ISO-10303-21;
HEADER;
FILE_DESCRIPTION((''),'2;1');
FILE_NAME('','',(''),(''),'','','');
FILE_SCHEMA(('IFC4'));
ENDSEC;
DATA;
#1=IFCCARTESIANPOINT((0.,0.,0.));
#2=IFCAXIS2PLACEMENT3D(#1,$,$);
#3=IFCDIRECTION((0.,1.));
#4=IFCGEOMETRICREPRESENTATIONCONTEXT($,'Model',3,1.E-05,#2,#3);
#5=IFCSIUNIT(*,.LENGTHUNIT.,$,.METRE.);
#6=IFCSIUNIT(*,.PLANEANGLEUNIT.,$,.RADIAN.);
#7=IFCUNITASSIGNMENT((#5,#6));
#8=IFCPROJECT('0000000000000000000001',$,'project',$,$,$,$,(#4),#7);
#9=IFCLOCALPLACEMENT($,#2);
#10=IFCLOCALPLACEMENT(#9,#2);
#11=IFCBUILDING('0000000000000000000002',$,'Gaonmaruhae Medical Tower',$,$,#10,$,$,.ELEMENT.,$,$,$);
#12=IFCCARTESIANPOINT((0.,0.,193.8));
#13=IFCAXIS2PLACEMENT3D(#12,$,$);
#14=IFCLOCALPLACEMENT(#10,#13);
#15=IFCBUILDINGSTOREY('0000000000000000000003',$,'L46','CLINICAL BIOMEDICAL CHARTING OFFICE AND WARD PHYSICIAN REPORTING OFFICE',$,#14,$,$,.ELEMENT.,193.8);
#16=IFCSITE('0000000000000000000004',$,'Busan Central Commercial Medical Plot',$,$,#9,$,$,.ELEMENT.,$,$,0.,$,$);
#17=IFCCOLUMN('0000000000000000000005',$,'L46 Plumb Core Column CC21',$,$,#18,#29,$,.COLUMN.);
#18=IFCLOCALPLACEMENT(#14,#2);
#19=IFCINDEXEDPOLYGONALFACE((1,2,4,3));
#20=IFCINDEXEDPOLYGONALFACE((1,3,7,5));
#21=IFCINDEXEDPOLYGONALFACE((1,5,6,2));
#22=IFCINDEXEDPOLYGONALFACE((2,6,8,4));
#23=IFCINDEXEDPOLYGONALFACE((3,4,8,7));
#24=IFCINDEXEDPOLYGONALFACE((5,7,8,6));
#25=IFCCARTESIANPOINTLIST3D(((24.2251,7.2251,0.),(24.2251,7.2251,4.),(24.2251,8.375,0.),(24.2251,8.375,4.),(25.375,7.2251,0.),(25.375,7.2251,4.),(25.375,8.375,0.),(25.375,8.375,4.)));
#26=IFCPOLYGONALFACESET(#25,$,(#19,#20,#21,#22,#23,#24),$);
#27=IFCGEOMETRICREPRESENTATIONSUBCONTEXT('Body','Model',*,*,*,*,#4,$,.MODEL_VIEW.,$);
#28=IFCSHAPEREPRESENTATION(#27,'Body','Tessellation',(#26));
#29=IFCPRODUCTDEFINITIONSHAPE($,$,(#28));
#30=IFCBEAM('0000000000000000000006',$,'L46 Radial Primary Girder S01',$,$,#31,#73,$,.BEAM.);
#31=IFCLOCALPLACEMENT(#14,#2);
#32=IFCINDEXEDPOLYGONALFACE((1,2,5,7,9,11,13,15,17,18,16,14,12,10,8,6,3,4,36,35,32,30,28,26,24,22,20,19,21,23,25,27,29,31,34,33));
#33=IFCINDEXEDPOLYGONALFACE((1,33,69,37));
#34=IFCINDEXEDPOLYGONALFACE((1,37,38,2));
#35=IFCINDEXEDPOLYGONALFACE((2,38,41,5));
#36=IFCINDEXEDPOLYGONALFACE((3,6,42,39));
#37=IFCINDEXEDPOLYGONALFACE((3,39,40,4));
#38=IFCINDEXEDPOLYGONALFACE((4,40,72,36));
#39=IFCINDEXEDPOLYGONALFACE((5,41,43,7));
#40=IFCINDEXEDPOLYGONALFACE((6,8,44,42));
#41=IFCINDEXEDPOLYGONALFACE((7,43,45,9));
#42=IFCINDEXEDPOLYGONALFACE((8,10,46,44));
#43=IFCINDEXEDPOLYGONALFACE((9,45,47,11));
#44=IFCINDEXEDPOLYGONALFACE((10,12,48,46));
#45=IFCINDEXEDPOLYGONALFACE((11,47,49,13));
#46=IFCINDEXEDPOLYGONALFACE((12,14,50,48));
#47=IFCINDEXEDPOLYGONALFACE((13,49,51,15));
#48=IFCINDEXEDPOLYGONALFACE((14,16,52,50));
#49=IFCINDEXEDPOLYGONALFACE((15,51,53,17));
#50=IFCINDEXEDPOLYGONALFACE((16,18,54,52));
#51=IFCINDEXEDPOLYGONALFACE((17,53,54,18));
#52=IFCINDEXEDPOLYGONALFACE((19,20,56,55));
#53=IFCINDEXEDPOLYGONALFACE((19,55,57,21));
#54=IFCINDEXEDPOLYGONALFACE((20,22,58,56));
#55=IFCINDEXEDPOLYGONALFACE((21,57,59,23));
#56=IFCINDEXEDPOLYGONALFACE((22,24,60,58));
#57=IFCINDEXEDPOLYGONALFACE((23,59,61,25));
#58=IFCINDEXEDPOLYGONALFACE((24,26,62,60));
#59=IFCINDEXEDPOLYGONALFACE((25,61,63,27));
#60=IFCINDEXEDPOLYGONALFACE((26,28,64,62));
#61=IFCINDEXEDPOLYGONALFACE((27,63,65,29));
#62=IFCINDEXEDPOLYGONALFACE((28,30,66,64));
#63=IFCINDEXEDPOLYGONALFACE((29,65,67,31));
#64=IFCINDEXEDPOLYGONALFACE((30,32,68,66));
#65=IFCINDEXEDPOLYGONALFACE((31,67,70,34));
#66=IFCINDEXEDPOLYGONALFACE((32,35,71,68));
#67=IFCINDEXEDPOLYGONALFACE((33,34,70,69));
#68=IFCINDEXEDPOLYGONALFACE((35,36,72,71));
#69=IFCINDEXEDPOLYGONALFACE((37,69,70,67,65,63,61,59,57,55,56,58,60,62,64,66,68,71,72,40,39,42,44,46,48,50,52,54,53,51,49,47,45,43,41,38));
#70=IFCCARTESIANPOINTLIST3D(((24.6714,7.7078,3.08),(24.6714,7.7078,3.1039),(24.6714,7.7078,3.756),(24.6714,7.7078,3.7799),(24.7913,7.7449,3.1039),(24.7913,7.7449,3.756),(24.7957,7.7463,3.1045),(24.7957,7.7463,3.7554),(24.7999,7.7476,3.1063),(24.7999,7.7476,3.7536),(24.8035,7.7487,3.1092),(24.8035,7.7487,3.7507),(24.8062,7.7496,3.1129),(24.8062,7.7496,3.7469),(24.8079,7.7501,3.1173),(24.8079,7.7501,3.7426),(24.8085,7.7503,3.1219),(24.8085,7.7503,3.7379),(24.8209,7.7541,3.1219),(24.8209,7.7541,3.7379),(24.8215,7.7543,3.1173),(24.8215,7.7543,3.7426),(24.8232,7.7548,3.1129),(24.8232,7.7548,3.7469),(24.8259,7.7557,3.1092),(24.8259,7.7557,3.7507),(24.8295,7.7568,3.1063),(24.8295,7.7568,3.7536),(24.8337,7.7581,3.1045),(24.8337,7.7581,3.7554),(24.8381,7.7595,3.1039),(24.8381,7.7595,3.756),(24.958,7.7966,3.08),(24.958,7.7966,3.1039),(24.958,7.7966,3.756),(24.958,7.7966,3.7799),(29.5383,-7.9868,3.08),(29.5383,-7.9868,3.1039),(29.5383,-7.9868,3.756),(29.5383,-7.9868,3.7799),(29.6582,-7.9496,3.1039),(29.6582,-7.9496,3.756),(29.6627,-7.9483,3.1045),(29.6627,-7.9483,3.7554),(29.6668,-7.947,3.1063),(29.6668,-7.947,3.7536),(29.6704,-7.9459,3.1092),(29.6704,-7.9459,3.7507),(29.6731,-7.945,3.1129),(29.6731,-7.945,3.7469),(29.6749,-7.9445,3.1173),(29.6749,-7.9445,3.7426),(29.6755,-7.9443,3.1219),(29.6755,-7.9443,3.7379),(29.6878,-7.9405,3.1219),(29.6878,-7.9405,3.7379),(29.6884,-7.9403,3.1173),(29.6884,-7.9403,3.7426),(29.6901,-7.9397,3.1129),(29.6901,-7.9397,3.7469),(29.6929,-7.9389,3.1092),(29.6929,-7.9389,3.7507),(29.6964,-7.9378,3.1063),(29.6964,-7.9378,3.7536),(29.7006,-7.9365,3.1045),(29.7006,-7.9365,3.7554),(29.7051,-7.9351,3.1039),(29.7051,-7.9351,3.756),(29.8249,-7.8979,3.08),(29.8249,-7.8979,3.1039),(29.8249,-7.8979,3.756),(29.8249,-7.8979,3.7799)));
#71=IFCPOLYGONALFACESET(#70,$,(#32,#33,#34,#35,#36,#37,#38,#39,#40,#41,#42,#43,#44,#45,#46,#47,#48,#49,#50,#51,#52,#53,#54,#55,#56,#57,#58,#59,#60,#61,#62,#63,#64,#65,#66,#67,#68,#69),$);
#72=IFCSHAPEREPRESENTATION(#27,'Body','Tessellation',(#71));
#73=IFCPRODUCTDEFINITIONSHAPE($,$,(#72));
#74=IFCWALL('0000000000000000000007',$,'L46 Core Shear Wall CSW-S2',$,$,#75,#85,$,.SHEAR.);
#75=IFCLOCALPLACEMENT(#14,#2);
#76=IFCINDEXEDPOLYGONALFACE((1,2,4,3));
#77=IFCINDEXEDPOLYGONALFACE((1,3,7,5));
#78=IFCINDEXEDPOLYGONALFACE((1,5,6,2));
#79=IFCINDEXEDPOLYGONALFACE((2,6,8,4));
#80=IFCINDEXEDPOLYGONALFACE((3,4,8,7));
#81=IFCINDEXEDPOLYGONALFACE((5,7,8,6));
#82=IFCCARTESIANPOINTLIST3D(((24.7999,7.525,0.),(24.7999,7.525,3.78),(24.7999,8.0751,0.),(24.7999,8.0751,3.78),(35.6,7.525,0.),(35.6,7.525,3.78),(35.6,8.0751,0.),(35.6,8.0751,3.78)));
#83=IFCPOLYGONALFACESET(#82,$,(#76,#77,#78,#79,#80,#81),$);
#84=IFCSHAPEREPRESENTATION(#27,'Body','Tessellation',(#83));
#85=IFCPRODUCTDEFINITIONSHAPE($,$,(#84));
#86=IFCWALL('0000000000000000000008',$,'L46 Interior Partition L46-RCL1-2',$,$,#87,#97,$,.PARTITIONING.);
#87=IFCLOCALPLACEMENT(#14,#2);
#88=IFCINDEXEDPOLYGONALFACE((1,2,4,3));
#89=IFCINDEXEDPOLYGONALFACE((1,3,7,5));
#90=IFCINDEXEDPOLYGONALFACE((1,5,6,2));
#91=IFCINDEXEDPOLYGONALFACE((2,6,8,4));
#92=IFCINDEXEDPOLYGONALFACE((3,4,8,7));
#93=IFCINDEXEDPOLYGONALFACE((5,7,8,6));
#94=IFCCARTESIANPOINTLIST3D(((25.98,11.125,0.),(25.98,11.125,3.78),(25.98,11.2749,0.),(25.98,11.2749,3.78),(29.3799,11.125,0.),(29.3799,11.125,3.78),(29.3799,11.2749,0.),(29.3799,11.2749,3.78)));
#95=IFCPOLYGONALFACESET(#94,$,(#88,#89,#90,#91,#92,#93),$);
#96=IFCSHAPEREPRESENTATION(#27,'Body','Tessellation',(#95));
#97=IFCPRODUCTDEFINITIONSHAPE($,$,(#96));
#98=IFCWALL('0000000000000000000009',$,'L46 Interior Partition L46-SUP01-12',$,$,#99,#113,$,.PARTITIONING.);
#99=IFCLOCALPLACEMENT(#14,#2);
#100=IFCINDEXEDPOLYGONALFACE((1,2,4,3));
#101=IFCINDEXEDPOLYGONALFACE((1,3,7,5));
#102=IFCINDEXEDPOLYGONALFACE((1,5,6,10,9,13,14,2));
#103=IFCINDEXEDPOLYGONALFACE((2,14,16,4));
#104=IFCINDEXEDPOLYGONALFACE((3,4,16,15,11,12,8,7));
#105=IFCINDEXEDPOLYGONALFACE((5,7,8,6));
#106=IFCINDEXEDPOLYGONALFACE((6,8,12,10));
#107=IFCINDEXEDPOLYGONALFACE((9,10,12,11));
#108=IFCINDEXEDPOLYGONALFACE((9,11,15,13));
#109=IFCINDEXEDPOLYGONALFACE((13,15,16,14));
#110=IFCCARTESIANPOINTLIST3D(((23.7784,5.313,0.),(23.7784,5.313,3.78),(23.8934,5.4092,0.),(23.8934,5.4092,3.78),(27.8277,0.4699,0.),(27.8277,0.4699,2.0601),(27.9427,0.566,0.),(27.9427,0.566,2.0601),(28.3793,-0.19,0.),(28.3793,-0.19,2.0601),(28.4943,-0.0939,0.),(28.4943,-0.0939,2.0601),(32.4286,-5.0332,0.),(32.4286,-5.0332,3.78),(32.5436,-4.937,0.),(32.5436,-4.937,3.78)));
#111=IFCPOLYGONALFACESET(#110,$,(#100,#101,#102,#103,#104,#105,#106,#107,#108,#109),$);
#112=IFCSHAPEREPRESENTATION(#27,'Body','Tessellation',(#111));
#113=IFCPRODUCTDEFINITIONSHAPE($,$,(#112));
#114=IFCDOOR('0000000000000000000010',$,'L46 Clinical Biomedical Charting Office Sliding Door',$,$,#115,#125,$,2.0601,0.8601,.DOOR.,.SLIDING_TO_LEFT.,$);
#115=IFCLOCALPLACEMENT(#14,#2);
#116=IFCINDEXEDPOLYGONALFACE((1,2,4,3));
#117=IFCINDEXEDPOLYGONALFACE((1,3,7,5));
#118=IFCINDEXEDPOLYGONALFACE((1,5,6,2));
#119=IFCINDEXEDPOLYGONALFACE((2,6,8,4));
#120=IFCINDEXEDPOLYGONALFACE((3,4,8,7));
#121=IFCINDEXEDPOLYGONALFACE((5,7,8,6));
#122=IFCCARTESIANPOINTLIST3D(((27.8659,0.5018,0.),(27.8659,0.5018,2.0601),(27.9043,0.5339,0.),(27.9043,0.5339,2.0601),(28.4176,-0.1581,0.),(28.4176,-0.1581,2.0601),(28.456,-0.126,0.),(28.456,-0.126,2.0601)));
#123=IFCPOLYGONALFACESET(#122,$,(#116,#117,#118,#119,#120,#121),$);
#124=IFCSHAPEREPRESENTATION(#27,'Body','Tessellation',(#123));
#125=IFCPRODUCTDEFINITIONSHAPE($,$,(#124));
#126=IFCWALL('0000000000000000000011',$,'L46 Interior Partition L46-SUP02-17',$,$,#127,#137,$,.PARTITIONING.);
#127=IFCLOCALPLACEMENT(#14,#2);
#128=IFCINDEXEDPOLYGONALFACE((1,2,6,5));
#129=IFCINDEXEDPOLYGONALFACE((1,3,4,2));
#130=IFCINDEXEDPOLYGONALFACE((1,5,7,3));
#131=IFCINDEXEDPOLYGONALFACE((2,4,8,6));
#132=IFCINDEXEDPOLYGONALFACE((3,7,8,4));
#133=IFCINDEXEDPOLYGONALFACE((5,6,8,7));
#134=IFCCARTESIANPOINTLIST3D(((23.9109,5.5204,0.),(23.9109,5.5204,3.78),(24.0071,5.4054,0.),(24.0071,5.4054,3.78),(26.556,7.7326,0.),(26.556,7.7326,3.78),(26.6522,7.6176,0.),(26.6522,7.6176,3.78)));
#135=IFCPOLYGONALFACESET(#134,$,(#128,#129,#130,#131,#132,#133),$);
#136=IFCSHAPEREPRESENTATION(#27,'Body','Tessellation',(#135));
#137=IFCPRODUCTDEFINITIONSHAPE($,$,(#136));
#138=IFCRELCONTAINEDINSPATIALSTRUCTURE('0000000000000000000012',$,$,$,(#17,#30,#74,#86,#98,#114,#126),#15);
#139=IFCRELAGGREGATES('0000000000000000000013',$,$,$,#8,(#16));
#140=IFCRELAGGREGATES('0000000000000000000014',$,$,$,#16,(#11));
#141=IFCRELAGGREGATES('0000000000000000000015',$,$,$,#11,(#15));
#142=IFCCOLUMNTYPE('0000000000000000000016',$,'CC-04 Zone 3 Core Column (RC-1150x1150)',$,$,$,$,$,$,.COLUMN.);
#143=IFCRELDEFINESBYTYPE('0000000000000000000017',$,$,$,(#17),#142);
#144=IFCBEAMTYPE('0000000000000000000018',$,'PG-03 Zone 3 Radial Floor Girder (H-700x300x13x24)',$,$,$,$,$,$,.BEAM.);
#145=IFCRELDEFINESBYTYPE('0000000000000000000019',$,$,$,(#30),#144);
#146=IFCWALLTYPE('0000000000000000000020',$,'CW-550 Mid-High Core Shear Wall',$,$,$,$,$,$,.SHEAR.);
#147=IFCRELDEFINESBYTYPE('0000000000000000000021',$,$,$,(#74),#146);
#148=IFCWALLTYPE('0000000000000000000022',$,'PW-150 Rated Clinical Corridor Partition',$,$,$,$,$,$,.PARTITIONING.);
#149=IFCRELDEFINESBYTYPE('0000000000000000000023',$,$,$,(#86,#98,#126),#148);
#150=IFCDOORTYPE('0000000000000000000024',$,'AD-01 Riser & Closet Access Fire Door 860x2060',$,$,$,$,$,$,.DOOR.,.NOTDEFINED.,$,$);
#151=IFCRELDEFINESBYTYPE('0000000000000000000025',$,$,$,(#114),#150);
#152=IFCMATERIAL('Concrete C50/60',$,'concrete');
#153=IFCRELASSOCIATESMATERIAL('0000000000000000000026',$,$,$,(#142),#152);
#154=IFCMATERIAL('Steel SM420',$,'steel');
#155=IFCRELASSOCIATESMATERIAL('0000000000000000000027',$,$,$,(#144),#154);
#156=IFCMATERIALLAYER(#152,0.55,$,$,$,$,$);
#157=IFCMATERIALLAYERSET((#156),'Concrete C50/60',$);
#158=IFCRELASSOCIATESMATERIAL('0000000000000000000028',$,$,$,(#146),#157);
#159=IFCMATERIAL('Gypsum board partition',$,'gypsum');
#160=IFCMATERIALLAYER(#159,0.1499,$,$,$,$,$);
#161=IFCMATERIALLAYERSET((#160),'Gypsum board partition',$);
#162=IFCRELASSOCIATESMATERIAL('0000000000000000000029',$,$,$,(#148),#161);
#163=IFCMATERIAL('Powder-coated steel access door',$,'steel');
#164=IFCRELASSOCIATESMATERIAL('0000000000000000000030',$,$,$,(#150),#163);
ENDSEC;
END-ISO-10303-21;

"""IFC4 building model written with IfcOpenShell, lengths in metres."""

from ifc_helpers import new_model, si_unit, direction, frame, frame_2d, origin, origin_2d, place, context, subcontext, project, spatial, rectangle, i_section, extrude, material, layer, layer_set, material_profile, profile_set, type_object, element, fill, save


model = new_model("IFC4")

# Units and contexts
model_context = context("Model", 3, precision=1e-05, world=origin(), true_north=direction((0.0, 1.0)))
body_context = subcontext(model_context, "Body", "Model", "MODEL_VIEW")
ifc_project = project(units=[si_unit("LENGTHUNIT", "METRE"), si_unit("PLANEANGLEUNIT", "RADIAN")], contexts=[model_context])

# Site, building, storey
site_placement = place(None, origin())
site = spatial("IfcSite", under=ifc_project, at=site_placement, Name="Busan Central Commercial Medical Plot", CompositionType="ELEMENT", RefElevation=0.0)
building_placement = place(site_placement, origin())
building = spatial("IfcBuilding", under=site, at=building_placement, Name="Gaonmaruhae Medical Tower", CompositionType="ELEMENT")
storey_placement = place(building_placement, frame((0.0, 0.0, 193.8)))
storey = spatial("IfcBuildingStorey", under=building, at=storey_placement, Name="L46", Description="CLINICAL BIOMEDICAL CHARTING OFFICE AND WARD PHYSICIAN REPORTING OFFICE", CompositionType="ELEMENT", Elevation=193.8)

# Column
ifc_material_1 = material(Name="Concrete C50/60", Category="concrete")
ifc_material_profile_1 = material_profile(ifc_material_1, rectangle(XDim=1.1499, YDim=1.1499, at=origin_2d()), Name="RC-1150x1150")
ifc_profile_set_1 = profile_set([ifc_material_profile_1], Name="Concrete C50/60")
column_type = type_object("IfcColumnType", Name="CC-04 Zone 3 Core Column (RC-1150x1150)", PredefinedType="COLUMN", material=ifc_profile_set_1)
column_placement = place(storey_placement, frame((24.8, 7.8, 0.0), z_axis=(0.0, 0.0, 1.0), x_axis=(1.0, 0.0, 0.0)))
element("IfcColumn", 1, at=column_placement, inside=storey, type_object=column_type, Name="L46 Plumb Core Column CC21", PredefinedType="COLUMN", context=body_context, shape_type="SweptSolid", body=[
    extrude(rectangle(XDim=1.1499, YDim=1.1499, at=origin_2d()), origin(), (0.0, 0.0, 1.0), 4.0),
])

# Beam
ifc_material_2 = material(Name="Steel SM420", Category="steel")
ifc_material_profile_2 = material_profile(ifc_material_2, i_section(OverallWidth=0.3, OverallDepth=0.7, WebThickness=0.0129, FlangeThickness=0.0239, FilletRadius=0.0181, at=origin_2d()), Name="H-700x300x13x24")
ifc_profile_set_2 = profile_set([ifc_material_profile_2], Name="Steel SM420")
beam_type = type_object("IfcBeamType", Name="PG-03 Zone 3 Radial Floor Girder (H-700x300x13x24)", PredefinedType="BEAM", material=ifc_profile_set_2)
beam_placement = place(storey_placement, frame((24.8147, 7.7522, 3.4299), z_axis=(0.296189, -0.955129, 0.0), x_axis=(0.955129, 0.296189, 0.0)))
element("IfcBeam", 2, at=beam_placement, inside=storey, type_object=beam_type, Name="L46 Radial Primary Girder S01", PredefinedType="BEAM", context=body_context, shape_type="SweptSolid", body=[
    extrude(i_section(OverallWidth=0.3, OverallDepth=0.7, WebThickness=0.0129, FlangeThickness=0.0239, FilletRadius=0.0181, at=origin_2d()), origin(), (0.0, 0.0, 1.0), 16.4319),
])

# Wall
ifc_layer_1 = layer(ifc_material_1, 0.55)
ifc_layer_set_1 = layer_set([ifc_layer_1], Name="Concrete C50/60")
wall_type_1 = type_object("IfcWallType", Name="CW-550 Mid-High Core Shear Wall", PredefinedType="SHEAR", material=ifc_layer_set_1)
wall_1_placement = place(storey_placement, frame((24.8, 7.8, 0.0), z_axis=(0.0, 0.0, 1.0), x_axis=(1.0, 0.0, 0.0)))
element("IfcWall", 3, at=wall_1_placement, inside=storey, type_object=wall_type_1, Name="L46 Core Shear Wall CSW-S2", PredefinedType="SHEAR", context=body_context, shape_type="SweptSolid", body=[
    extrude(rectangle(XDim=10.8, YDim=0.55, at=frame_2d((5.3999, 0.0))), origin(), (0.0, 0.0, 1.0), 3.78),
])

# Shared definitions
ifc_material_3 = material(Name="Gypsum board partition", Category="gypsum")
ifc_layer_2 = layer(ifc_material_3, 0.1499)
ifc_layer_set_2 = layer_set([ifc_layer_2], Name="Gypsum board partition")
wall_type_2 = type_object("IfcWallType", Name="PW-150 Rated Clinical Corridor Partition", PredefinedType="PARTITIONING", material=ifc_layer_set_2)

# Wall
wall_2_placement = place(storey_placement, frame((25.98, 11.2, 0.0), z_axis=(0.0, 0.0, 1.0), x_axis=(1.0, 0.0, 0.0)))
element("IfcWall", 4, at=wall_2_placement, inside=storey, type_object=wall_type_2, Name="L46 Interior Partition L46-RCL1-2", PredefinedType="PARTITIONING", context=body_context, shape_type="SweptSolid", body=[
    extrude(rectangle(XDim=3.3999, YDim=0.1499, at=frame_2d((1.7, 0.0))), origin(), (0.0, 0.0, 1.0), 3.78),
])

# Wall, opening, door
wall_3_placement = place(storey_placement, frame((23.8359, 5.3611, 0.0), z_axis=(0.0, 0.0, 1.0), x_axis=(0.641423, -0.767187, 0.0)))
wall_3 = element("IfcWall", 5, at=wall_3_placement, inside=storey, type_object=wall_type_2, Name="L46 Interior Partition L46-SUP01-12", PredefinedType="PARTITIONING", context=body_context, shape_type="SweptSolid", body=[
    extrude(rectangle(XDim=13.4858, YDim=0.1499, at=frame_2d((6.7429, 0.0))), origin(), (0.0, 0.0, 1.0), 3.78),
])
opening_1_placement = place(wall_3_placement, frame((6.3127, 0.0, 0.0)))
opening_1 = element("IfcOpeningElement", 6, at=opening_1_placement, cuts=wall_3, PredefinedType="OPENING", context=body_context, shape_type="SweptSolid", body=[
    extrude(rectangle(XDim=0.8601, YDim=2.0601, at=frame_2d((0.4302, 1.03))), frame((0.0, 0.085, 0.0), z_axis=(0.0, -1.0, 0.0), x_axis=(1.0, 0.0, 0.0)), (0.0, 0.0, 1.0), 0.1699),
])
ifc_material_4 = material(Name="Powder-coated steel access door", Category="steel")
door_type_1 = type_object("IfcDoorType", Name="AD-01 Riser & Closet Access Fire Door 860x2060", OperationType="NOTDEFINED", PredefinedType="DOOR", material=ifc_material_4)
door_1_placement = place(opening_1_placement, origin())
door_1 = element("IfcDoor", 7, at=door_1_placement, inside=storey, type_object=door_type_1, Name="L46 Clinical Biomedical Charting Office Sliding Door", OperationType="SLIDING_TO_LEFT", OverallHeight=2.0601, OverallWidth=0.8601, PredefinedType="DOOR", context=body_context, shape_type="SweptSolid", body=[
    extrude(rectangle(XDim=0.8601, YDim=2.0601, at=frame_2d((0.4302, 1.03))), frame((0.0, 0.0249, 0.0), z_axis=(0.0, -1.0, 0.0), x_axis=(1.0, 0.0, 0.0)), (0.0, 0.0, 1.0), 0.05),
])
fill(opening_1, door_1)

# Wall
wall_4_placement = place(storey_placement, frame((23.959, 5.4629, 0.0), z_axis=(0.0, 0.0, 1.0), x_axis=(0.767083, 0.641548, 0.0)))
element("IfcWall", 8, at=wall_4_placement, inside=storey, type_object=wall_type_2, Name="L46 Interior Partition L46-SUP02-17", PredefinedType="PARTITIONING", context=body_context, shape_type="SweptSolid", body=[
    extrude(rectangle(XDim=3.4482, YDim=0.1499, at=frame_2d((1.7241, 0.0))), origin(), (0.0, 0.0, 1.0), 3.78),
])

save(model, "model.ifc")
